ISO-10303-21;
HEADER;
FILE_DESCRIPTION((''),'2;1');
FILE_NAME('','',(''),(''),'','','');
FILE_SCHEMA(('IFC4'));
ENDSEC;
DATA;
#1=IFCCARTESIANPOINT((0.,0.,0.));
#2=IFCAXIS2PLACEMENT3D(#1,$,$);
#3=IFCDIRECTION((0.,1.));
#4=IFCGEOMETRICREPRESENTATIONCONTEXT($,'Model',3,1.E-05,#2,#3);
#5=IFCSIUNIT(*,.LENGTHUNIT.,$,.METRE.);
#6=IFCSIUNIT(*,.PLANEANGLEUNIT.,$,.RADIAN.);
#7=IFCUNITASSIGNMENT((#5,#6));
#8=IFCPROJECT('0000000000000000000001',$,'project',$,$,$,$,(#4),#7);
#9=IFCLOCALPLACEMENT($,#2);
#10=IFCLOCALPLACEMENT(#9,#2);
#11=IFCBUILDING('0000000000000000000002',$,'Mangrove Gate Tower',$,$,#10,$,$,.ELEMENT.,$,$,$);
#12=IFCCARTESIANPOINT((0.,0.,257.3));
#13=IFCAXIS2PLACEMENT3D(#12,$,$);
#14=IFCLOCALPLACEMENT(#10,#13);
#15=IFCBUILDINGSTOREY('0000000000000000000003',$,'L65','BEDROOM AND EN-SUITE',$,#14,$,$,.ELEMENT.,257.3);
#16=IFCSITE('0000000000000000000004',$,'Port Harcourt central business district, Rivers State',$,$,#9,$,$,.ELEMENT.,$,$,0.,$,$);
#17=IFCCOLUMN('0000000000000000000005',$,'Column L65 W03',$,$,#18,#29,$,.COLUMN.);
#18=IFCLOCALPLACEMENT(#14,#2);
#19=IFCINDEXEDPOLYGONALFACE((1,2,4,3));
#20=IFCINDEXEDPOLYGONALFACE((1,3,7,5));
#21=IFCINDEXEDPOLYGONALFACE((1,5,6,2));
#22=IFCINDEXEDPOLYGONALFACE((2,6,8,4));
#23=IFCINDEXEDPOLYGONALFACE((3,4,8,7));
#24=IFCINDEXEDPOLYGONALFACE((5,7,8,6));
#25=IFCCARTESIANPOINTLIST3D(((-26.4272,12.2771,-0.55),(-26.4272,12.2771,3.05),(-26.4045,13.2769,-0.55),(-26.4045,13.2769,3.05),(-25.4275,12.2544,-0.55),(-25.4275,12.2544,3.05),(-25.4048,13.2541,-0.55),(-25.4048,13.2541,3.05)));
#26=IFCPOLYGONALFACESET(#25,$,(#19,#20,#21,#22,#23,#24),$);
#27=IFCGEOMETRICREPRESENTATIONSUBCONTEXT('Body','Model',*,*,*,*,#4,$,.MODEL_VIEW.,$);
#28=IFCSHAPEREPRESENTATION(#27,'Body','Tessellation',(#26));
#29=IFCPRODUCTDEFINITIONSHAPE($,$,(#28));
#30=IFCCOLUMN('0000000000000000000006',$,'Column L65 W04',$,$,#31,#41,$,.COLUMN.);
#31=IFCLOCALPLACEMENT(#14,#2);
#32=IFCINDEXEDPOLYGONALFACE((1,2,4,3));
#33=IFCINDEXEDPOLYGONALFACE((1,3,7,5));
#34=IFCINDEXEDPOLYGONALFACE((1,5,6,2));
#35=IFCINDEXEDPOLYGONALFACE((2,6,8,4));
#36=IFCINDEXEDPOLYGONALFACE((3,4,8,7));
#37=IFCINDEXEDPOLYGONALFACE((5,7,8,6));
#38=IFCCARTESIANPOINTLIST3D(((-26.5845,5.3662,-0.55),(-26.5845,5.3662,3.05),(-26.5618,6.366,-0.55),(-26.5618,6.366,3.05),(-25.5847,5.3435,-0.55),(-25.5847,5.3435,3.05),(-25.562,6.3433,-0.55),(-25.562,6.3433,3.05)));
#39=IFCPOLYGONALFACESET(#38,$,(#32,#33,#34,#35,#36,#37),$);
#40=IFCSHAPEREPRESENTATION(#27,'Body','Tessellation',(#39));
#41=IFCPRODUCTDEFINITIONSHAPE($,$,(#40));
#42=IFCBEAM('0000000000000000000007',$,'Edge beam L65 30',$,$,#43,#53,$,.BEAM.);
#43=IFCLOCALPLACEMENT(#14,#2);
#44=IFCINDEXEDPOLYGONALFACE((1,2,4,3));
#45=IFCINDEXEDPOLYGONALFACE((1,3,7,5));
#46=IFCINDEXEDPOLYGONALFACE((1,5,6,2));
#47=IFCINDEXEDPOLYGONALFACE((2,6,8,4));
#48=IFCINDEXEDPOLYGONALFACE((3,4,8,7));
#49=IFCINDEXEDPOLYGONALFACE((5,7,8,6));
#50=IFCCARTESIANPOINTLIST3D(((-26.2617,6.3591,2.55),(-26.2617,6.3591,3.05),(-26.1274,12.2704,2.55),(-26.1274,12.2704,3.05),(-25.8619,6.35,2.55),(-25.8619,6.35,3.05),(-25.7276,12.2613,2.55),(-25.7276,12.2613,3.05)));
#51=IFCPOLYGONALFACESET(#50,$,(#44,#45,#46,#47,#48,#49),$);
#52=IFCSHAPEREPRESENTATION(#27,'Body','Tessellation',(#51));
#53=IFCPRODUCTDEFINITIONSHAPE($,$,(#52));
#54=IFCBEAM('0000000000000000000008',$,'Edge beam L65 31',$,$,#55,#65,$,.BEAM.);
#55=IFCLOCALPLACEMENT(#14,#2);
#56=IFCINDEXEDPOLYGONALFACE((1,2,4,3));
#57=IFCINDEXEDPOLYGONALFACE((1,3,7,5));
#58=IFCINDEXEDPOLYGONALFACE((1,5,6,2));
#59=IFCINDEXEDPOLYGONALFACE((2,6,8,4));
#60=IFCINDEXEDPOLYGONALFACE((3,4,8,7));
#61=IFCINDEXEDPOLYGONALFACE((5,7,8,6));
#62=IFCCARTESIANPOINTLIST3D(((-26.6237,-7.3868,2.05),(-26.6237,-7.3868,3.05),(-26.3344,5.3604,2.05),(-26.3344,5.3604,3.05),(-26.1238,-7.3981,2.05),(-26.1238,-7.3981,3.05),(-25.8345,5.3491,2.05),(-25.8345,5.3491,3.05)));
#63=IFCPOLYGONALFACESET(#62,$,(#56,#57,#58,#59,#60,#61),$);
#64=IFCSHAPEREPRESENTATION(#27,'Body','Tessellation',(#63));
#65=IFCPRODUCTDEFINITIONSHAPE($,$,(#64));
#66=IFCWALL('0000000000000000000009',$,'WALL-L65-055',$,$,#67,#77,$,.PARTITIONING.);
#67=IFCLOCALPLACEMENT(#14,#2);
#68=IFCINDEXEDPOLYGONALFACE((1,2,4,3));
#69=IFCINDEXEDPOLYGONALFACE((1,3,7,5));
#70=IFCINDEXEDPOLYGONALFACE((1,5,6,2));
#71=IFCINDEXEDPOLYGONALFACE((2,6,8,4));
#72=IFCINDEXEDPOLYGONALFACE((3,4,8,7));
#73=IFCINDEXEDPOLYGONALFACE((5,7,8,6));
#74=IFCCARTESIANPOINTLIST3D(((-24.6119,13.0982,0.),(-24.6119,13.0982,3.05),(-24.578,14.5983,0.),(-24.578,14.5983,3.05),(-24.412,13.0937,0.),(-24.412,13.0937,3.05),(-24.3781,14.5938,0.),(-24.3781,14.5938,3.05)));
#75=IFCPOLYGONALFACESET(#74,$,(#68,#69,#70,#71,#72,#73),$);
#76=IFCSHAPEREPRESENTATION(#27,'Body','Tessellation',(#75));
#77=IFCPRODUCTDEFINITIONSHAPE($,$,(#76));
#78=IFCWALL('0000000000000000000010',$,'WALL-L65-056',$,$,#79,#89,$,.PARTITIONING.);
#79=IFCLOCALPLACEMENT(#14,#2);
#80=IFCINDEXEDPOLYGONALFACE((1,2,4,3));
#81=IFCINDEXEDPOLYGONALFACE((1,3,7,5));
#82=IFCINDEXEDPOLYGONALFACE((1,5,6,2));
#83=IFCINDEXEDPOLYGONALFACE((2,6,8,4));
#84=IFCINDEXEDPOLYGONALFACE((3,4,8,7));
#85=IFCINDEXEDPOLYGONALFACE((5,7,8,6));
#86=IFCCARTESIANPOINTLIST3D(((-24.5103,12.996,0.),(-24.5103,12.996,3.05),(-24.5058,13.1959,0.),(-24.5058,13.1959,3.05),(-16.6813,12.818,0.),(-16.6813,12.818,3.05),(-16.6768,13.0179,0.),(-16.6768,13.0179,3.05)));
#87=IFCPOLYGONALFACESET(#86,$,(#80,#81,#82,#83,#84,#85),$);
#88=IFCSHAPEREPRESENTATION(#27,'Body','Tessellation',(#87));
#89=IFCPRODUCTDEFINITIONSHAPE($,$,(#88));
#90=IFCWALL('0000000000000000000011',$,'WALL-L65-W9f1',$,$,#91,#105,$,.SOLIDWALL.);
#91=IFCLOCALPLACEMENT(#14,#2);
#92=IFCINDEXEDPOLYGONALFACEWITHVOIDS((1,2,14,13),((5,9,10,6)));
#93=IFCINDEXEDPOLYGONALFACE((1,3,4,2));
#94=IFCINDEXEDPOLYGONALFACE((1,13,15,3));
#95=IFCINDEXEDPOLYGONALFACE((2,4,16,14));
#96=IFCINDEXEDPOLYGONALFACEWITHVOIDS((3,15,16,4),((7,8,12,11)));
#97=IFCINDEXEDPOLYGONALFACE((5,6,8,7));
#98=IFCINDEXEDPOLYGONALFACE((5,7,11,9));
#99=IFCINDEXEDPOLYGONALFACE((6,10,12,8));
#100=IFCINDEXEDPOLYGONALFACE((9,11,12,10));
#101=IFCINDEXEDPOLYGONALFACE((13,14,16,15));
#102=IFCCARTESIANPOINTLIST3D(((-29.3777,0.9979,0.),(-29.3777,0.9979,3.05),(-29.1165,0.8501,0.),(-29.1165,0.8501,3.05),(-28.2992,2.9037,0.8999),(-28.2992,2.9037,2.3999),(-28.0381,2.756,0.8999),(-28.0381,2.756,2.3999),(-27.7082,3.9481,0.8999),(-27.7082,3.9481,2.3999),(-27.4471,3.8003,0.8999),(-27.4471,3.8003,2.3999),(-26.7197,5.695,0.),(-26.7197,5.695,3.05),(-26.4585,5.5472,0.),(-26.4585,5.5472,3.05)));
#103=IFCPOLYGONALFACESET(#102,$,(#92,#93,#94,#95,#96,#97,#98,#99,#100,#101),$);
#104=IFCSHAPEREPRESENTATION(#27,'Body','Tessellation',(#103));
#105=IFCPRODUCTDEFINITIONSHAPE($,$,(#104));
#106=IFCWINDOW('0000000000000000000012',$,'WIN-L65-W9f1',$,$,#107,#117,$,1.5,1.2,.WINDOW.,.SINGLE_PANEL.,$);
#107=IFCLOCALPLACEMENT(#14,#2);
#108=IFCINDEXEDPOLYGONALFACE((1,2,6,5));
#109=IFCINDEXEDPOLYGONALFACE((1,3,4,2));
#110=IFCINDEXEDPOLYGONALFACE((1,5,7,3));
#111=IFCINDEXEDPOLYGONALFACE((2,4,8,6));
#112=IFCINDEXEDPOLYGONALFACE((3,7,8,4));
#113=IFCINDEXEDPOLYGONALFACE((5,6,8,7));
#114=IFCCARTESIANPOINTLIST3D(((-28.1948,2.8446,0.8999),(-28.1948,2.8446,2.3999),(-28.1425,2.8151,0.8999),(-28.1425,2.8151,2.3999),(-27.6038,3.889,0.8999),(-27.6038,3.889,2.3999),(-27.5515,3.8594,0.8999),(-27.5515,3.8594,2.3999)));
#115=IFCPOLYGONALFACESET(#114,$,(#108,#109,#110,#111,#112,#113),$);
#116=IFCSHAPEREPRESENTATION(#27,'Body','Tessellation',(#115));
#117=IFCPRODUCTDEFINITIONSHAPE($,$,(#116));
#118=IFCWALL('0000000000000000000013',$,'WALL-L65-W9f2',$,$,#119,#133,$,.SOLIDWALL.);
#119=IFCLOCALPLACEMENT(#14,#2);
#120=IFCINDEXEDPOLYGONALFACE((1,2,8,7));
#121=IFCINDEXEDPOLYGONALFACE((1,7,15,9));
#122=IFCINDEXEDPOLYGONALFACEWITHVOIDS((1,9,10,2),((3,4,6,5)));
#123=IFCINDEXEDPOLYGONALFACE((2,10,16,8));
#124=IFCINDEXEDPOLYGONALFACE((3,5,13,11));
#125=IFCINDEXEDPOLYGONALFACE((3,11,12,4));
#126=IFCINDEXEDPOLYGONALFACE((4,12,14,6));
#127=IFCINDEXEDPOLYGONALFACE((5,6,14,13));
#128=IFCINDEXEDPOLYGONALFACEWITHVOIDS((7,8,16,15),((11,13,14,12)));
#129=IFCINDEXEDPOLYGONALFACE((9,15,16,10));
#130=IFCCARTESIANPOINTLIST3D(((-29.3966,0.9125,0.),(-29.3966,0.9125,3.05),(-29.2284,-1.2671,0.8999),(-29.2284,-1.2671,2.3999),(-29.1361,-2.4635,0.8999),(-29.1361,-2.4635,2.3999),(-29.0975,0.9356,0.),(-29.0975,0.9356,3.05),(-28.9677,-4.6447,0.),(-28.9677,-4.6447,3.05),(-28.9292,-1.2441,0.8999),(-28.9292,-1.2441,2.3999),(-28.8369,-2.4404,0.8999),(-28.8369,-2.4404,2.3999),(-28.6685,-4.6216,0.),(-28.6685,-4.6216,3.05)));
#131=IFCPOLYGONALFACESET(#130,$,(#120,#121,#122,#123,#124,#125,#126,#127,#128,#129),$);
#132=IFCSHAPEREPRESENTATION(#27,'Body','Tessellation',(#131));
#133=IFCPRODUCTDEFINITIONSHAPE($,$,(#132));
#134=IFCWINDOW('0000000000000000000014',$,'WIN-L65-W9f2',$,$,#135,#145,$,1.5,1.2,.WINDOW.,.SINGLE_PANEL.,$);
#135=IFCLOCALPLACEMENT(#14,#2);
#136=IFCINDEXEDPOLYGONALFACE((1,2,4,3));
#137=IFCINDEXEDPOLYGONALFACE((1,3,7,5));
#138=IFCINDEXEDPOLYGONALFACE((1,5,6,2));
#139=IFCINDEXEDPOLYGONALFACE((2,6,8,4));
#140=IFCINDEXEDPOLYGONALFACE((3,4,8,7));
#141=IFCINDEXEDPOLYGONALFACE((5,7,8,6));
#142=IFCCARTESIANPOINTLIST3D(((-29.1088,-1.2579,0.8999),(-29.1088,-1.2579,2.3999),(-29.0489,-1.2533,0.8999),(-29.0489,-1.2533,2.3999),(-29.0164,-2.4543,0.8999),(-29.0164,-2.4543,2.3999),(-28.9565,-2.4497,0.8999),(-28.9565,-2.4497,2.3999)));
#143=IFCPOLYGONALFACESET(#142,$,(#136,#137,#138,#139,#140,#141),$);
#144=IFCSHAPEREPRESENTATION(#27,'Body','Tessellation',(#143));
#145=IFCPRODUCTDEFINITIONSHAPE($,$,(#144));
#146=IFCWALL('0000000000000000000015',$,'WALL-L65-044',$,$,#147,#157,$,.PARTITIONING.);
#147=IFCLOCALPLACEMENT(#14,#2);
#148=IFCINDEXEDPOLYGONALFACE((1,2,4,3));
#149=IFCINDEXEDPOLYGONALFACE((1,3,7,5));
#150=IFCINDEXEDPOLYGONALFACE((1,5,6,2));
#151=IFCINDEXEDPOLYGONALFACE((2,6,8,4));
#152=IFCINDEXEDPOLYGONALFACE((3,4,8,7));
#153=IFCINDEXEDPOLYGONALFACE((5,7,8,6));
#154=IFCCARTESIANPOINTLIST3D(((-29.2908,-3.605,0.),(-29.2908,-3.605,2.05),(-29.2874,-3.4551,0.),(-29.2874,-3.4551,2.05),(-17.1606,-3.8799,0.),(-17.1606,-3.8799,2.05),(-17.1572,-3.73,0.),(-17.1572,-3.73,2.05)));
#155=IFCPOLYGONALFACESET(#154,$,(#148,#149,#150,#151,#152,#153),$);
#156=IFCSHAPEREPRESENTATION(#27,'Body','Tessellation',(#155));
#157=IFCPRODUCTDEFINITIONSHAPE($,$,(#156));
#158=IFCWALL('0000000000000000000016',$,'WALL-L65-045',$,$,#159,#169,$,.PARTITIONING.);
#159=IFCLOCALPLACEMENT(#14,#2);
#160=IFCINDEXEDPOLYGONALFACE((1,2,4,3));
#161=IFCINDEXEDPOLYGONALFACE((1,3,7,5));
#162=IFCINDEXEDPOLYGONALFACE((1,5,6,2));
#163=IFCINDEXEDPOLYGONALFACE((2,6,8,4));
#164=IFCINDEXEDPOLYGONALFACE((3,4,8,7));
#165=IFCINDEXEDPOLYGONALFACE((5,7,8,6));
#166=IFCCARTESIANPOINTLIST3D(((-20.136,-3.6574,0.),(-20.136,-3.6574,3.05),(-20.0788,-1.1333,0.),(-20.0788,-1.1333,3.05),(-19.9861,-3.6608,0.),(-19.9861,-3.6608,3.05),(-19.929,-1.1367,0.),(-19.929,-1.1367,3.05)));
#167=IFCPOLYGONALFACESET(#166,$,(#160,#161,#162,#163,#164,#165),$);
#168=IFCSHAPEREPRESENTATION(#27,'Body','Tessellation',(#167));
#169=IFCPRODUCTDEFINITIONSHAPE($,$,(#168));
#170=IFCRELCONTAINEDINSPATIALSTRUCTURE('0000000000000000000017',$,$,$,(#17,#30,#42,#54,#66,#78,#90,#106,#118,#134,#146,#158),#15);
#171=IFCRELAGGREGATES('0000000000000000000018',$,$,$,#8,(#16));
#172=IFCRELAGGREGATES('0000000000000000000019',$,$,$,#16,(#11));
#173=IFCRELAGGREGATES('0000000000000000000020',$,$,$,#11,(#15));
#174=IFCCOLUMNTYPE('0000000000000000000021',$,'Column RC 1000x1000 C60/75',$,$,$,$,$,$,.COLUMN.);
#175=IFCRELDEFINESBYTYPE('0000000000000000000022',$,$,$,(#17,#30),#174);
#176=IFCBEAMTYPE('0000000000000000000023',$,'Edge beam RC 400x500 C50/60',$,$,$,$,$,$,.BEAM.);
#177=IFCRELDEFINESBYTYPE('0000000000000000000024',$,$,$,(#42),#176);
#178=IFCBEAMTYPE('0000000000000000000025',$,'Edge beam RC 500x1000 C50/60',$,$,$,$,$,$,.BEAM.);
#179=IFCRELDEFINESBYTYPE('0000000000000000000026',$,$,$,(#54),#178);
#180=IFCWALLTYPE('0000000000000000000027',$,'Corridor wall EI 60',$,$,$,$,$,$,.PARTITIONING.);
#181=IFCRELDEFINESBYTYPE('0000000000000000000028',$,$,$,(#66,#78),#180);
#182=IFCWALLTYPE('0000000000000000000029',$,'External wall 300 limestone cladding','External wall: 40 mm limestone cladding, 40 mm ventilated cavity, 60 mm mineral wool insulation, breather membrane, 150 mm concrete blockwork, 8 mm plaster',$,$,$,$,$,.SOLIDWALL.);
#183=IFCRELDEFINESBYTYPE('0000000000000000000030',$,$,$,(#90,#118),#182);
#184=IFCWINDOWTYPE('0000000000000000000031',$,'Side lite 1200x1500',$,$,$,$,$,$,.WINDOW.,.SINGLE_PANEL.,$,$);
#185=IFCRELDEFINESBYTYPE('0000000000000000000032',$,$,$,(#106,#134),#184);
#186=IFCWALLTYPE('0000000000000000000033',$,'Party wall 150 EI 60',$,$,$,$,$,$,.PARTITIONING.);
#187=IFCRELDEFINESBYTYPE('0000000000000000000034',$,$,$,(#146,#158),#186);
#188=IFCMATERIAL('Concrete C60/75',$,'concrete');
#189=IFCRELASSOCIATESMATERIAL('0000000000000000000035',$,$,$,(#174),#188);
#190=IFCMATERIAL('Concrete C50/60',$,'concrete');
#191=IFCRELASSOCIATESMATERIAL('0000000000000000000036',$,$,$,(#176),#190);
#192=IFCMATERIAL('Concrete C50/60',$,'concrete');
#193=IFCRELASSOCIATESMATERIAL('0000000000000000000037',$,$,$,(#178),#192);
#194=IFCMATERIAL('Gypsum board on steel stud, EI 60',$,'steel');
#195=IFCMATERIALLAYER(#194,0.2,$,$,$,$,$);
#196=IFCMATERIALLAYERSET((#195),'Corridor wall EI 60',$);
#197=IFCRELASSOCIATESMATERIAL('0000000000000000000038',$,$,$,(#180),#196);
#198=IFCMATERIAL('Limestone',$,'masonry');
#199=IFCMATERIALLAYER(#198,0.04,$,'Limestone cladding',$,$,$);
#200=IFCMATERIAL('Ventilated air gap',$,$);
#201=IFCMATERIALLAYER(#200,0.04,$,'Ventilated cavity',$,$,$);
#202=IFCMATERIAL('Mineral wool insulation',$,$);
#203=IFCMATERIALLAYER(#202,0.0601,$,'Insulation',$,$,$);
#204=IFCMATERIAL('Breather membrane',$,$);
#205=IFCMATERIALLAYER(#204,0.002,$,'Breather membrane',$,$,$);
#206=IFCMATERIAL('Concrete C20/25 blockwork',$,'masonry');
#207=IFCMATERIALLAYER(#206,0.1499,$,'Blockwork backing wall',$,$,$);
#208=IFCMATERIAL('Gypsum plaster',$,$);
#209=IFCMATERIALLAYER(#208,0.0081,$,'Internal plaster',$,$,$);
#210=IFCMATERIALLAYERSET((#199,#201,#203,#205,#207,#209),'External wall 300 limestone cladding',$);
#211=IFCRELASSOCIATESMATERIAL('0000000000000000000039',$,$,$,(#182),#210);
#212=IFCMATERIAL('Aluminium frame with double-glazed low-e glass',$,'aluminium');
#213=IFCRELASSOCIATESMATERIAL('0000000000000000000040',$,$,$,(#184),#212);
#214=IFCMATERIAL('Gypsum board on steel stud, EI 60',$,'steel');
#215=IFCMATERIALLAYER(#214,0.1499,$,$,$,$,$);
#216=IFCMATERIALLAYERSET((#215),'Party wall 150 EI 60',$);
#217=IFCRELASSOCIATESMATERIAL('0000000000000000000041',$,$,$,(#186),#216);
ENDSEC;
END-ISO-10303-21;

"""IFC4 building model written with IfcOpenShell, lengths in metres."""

from ifc_helpers import new_model, si_unit, direction, frame, frame_2d, origin, origin_2d, place, context, subcontext, project, spatial, rectangle, extrude, material, layer, layer_set, material_profile, profile_set, type_object, element, fill, save


model = new_model("IFC4")

# Units and contexts
model_context = context("Model", 3, precision=1e-05, world=origin(), true_north=direction((0.0, 1.0)))
body_context = subcontext(model_context, "Body", "Model", "MODEL_VIEW")
ifc_project = project(units=[si_unit("LENGTHUNIT", "METRE"), si_unit("PLANEANGLEUNIT", "RADIAN")], contexts=[model_context])

# Site, building, storey
site_placement = place(None, origin())
site = spatial("IfcSite", under=ifc_project, at=site_placement, Name="Port Harcourt central business district, Rivers State", CompositionType="ELEMENT", RefElevation=0.0)
building_placement = place(site_placement, origin())
building = spatial("IfcBuilding", under=site, at=building_placement, Name="Mangrove Gate Tower", CompositionType="ELEMENT")
storey_placement = place(building_placement, frame((0.0, 0.0, 257.3)))
storey = spatial("IfcBuildingStorey", under=building, at=storey_placement, Name="L65", Description="BEDROOM AND EN-SUITE", CompositionType="ELEMENT", Elevation=257.3)

# Columns
ifc_material_1 = material(Name="Concrete C60/75", Category="concrete")
ifc_material_profile_1 = material_profile(ifc_material_1, rectangle(XDim=1.0, YDim=1.0, at=origin_2d()))
ifc_profile_set_1 = profile_set([ifc_material_profile_1], Name="Concrete C60/75")
column_type = type_object("IfcColumnType", Name="Column RC 1000x1000 C60/75", PredefinedType="COLUMN", material=ifc_profile_set_1)
for number, where, z_axis, x_axis, name in (
    (1, (-25.916, 12.7656, -0.55), (0.0, 0.0, 1.0), (-0.022712, -0.999742, 0.0), "Column L65 W03"),
    (2, (-26.0732, 5.8547, -0.55), (0.0, 0.0, 1.0), (-0.022697, -0.999742, 0.0), "Column L65 W04"),
):
    element("IfcColumn", number, at=place(storey_placement, frame(where, z_axis=z_axis, x_axis=x_axis)), inside=storey, type_object=column_type, Name=name, PredefinedType="COLUMN", context=body_context, shape_type="SweptSolid", body=[
        extrude(rectangle(XDim=1.0, YDim=1.0, at=origin_2d()), origin(), (0.0, 0.0, 1.0), 3.6001),
    ])

# Beams
ifc_material_2 = material(Name="Concrete C50/60", Category="concrete")
ifc_material_profile_2 = material_profile(ifc_material_2, rectangle(XDim=0.3999, YDim=0.5, at=origin_2d()))
ifc_profile_set_2 = profile_set([ifc_material_profile_2], Name="Concrete C50/60")
beam_type_1 = type_object("IfcBeamType", Name="Edge beam RC 400x500 C50/60", PredefinedType="BEAM", material=ifc_profile_set_2)
beam_1_placement = place(storey_placement, frame((-25.9275, 12.2659, 2.8), z_axis=(-0.022709, -0.999742, 0.0), x_axis=(0.999742, -0.022709, 0.0)))
element("IfcBeam", 3, at=beam_1_placement, inside=storey, type_object=beam_type_1, Name="Edge beam L65 30", PredefinedType="BEAM", context=body_context, shape_type="SweptSolid", body=[
    extrude(rectangle(XDim=0.3999, YDim=0.5, at=origin_2d()), origin(), (0.0, 0.0, 1.0), 5.9128),
])
ifc_material_3 = material(Name="Concrete C50/60", Category="concrete")
ifc_material_profile_3 = material_profile(ifc_material_3, rectangle(XDim=0.5, YDim=1.0, at=origin_2d()))
ifc_profile_set_3 = profile_set([ifc_material_profile_3], Name="Concrete C50/60")
beam_type_2 = type_object("IfcBeamType", Name="Edge beam RC 500x1000 C50/60", PredefinedType="BEAM", material=ifc_profile_set_3)
beam_2_placement = place(storey_placement, frame((-26.0845, 5.3547, 2.55), z_axis=(-0.02269, -0.999743, 0.0), x_axis=(0.999743, -0.02269, 0.0)))
element("IfcBeam", 4, at=beam_2_placement, inside=storey, type_object=beam_type_2, Name="Edge beam L65 31", PredefinedType="BEAM", context=body_context, shape_type="SweptSolid", body=[
    extrude(rectangle(XDim=0.5, YDim=1.0, at=origin_2d()), origin(), (0.0, 0.0, 1.0), 12.7505),
])

# Walls
ifc_material_4 = material(Name="Gypsum board on steel stud, EI 60", Category="steel")
ifc_layer_1 = layer(ifc_material_4, 0.2)
ifc_layer_set_1 = layer_set([ifc_layer_1], Name="Corridor wall EI 60")
wall_type_1 = type_object("IfcWallType", Name="Corridor wall EI 60", PredefinedType="PARTITIONING", material=ifc_layer_set_1)
wall_1_placement = place(storey_placement, frame((-24.512, 13.0959, 0.0), z_axis=(0.0, 0.0, 1.0), x_axis=(0.022618, 0.999744, 0.0)))
element("IfcWall", 5, at=wall_1_placement, inside=storey, type_object=wall_type_1, Name="WALL-L65-055", PredefinedType="PARTITIONING", context=body_context, shape_type="SweptSolid", body=[
    extrude(rectangle(XDim=1.5005, YDim=0.2, at=frame_2d((0.7502, 0.0))), origin(), (0.0, 0.0, 1.0), 3.05),
])
wall_2_placement = place(storey_placement, frame((-24.5081, 13.0959, 0.0), z_axis=(0.0, 0.0, 1.0), x_axis=(0.999742, -0.022727, 0.0)))
element("IfcWall", 6, at=wall_2_placement, inside=storey, type_object=wall_type_1, Name="WALL-L65-056", PredefinedType="PARTITIONING", context=body_context, shape_type="SweptSolid", body=[
    extrude(rectangle(XDim=7.8311, YDim=0.2, at=frame_2d((3.9155, 0.0))), origin(), (0.0, 0.0, 1.0), 3.05),
])

# Walls, openings, windows
ifc_material_5 = material(Name="Limestone", Category="masonry")
ifc_layer_2 = layer(ifc_material_5, 0.04, Name="Limestone cladding")
ifc_material_6 = material(Name="Ventilated air gap")
ifc_layer_3 = layer(ifc_material_6, 0.04, Name="Ventilated cavity")
ifc_material_7 = material(Name="Mineral wool insulation")
ifc_layer_4 = layer(ifc_material_7, 0.0601, Name="Insulation")
ifc_material_8 = material(Name="Breather membrane")
ifc_layer_5 = layer(ifc_material_8, 0.002, Name="Breather membrane")
ifc_material_9 = material(Name="Concrete C20/25 blockwork", Category="masonry")
ifc_layer_6 = layer(ifc_material_9, 0.1499, Name="Blockwork backing wall")
ifc_material_10 = material(Name="Gypsum plaster")
ifc_layer_7 = layer(ifc_material_10, 0.0081, Name="Internal plaster")
ifc_layer_set_2 = layer_set([ifc_layer_2, ifc_layer_3, ifc_layer_4, ifc_layer_5, ifc_layer_6, ifc_layer_7], Name="External wall 300 limestone cladding")
wall_type_2 = type_object("IfcWallType", Name="External wall 300 limestone cladding", Description="External wall: 40 mm limestone cladding, 40 mm ventilated cavity, 60 mm mineral wool insulation, breather membrane, 150 mm concrete blockwork, 8 mm plaster", PredefinedType="SOLIDWALL", material=ifc_layer_set_2)
wall_3_placement = place(storey_placement, frame((-26.5891, 5.6211, 0.0), z_axis=(0.0, 0.0, 1.0), x_axis=(-0.492495, -0.870315, 0.0)))
wall_3 = element("IfcWall", 7, at=wall_3_placement, inside=storey, type_object=wall_type_2, Name="WALL-L65-W9f1", PredefinedType="SOLIDWALL", context=body_context, shape_type="SweptSolid", body=[
    extrude(rectangle(XDim=5.397, YDim=0.3, at=frame_2d((2.6985, 0.0))), origin(), (0.0, 0.0, 1.0), 3.05),
])
opening_1_placement = place(wall_3_placement, frame((2.0071, 0.0, 0.8999)))
opening_1 = element("IfcOpeningElement", 8, at=opening_1_placement, cuts=wall_3, PredefinedType="OPENING", context=body_context, shape_type="SweptSolid", body=[
    extrude(rectangle(XDim=1.2, YDim=1.5, at=frame_2d((0.6001, 0.75))), frame((0.0, 0.1599, 0.0), z_axis=(0.0, -1.0, 0.0), x_axis=(1.0, 0.0, 0.0)), (0.0, 0.0, 1.0), 0.3201),
])
ifc_material_11 = material(Name="Aluminium frame with double-glazed low-e glass", Category="aluminium")
window_type = type_object("IfcWindowType", Name="Side lite 1200x1500", PartitioningType="SINGLE_PANEL", PredefinedType="WINDOW", material=ifc_material_11)
window_1_placement = place(opening_1_placement, origin())
window_1 = element("IfcWindow", 9, at=window_1_placement, inside=storey, type_object=window_type, Name="WIN-L65-W9f1", OverallHeight=1.5, OverallWidth=1.2, PartitioningType="SINGLE_PANEL", PredefinedType="WINDOW", context=body_context, shape_type="SweptSolid", body=[
    extrude(rectangle(XDim=1.2, YDim=1.5, at=frame_2d((0.6001, 0.75))), frame((0.0, 0.03, 0.0), z_axis=(0.0, -1.0, 0.0), x_axis=(1.0, 0.0, 0.0)), (0.0, 0.0, 1.0), 0.0601),
])
fill(opening_1, window_1)
wall_4_placement = place(storey_placement, frame((-29.2471, 0.9241, 0.0), z_axis=(0.0, 0.0, 1.0), x_axis=(0.076961, -0.997034, 0.0)))
wall_4 = element("IfcWall", 10, at=wall_4_placement, inside=storey, type_object=wall_type_2, Name="WALL-L65-W9f2", PredefinedType="SOLIDWALL", context=body_context, shape_type="SweptSolid", body=[
    extrude(rectangle(XDim=5.5737, YDim=0.3, at=frame_2d((2.7869, 0.0))), origin(), (0.0, 0.0, 1.0), 3.05),
])
opening_2_placement = place(wall_4_placement, frame((2.186, 0.0, 0.8999)))
opening_2 = element("IfcOpeningElement", 11, at=opening_2_placement, cuts=wall_4, PredefinedType="OPENING", context=body_context, shape_type="SweptSolid", body=[
    extrude(rectangle(XDim=1.2, YDim=1.5, at=frame_2d((0.6001, 0.75))), frame((0.0, 0.1599, 0.0), z_axis=(0.0, -1.0, 0.0), x_axis=(1.0, 0.0, 0.0)), (0.0, 0.0, 1.0), 0.3201),
])
window_2_placement = place(opening_2_placement, origin())
window_2 = element("IfcWindow", 12, at=window_2_placement, inside=storey, type_object=window_type, Name="WIN-L65-W9f2", OverallHeight=1.5, OverallWidth=1.2, PartitioningType="SINGLE_PANEL", PredefinedType="WINDOW", context=body_context, shape_type="SweptSolid", body=[
    extrude(rectangle(XDim=1.2, YDim=1.5, at=frame_2d((0.6001, 0.75))), frame((0.0, 0.03, 0.0), z_axis=(0.0, -1.0, 0.0), x_axis=(1.0, 0.0, 0.0)), (0.0, 0.0, 1.0), 0.0601),
])
fill(opening_2, window_2)

# Walls
ifc_material_12 = material(Name="Gypsum board on steel stud, EI 60", Category="steel")
ifc_layer_8 = layer(ifc_material_12, 0.1499)
ifc_layer_set_3 = layer_set([ifc_layer_8], Name="Party wall 150 EI 60")
wall_type_3 = type_object("IfcWallType", Name="Party wall 150 EI 60", PredefinedType="PARTITIONING", material=ifc_layer_set_3)
wall_5_placement = place(storey_placement, frame((-29.2891, -3.53, 0.0), z_axis=(0.0, 0.0, 1.0), x_axis=(0.999743, -0.022657, 0.0)))
element("IfcWall", 13, at=wall_5_placement, inside=storey, type_object=wall_type_3, Name="WALL-L65-044", PredefinedType="PARTITIONING", context=body_context, shape_type="SweptSolid", body=[
    extrude(rectangle(XDim=12.1333, YDim=0.1499, at=frame_2d((6.0667, 0.0))), origin(), (0.0, 0.0, 1.0), 2.05),
])
wall_6_placement = place(storey_placement, frame((-20.061, -3.6589, 0.0), z_axis=(0.0, 0.0, 1.0), x_axis=(0.022629, 0.999744, 0.0)))
element("IfcWall", 14, at=wall_6_placement, inside=storey, type_object=wall_type_3, Name="WALL-L65-045", PredefinedType="PARTITIONING", context=body_context, shape_type="SweptSolid", body=[
    extrude(rectangle(XDim=2.5247, YDim=0.1499, at=frame_2d((1.2622, 0.0))), origin(), (0.0, 0.0, 1.0), 3.05),
])

save(model, "model.ifc")
